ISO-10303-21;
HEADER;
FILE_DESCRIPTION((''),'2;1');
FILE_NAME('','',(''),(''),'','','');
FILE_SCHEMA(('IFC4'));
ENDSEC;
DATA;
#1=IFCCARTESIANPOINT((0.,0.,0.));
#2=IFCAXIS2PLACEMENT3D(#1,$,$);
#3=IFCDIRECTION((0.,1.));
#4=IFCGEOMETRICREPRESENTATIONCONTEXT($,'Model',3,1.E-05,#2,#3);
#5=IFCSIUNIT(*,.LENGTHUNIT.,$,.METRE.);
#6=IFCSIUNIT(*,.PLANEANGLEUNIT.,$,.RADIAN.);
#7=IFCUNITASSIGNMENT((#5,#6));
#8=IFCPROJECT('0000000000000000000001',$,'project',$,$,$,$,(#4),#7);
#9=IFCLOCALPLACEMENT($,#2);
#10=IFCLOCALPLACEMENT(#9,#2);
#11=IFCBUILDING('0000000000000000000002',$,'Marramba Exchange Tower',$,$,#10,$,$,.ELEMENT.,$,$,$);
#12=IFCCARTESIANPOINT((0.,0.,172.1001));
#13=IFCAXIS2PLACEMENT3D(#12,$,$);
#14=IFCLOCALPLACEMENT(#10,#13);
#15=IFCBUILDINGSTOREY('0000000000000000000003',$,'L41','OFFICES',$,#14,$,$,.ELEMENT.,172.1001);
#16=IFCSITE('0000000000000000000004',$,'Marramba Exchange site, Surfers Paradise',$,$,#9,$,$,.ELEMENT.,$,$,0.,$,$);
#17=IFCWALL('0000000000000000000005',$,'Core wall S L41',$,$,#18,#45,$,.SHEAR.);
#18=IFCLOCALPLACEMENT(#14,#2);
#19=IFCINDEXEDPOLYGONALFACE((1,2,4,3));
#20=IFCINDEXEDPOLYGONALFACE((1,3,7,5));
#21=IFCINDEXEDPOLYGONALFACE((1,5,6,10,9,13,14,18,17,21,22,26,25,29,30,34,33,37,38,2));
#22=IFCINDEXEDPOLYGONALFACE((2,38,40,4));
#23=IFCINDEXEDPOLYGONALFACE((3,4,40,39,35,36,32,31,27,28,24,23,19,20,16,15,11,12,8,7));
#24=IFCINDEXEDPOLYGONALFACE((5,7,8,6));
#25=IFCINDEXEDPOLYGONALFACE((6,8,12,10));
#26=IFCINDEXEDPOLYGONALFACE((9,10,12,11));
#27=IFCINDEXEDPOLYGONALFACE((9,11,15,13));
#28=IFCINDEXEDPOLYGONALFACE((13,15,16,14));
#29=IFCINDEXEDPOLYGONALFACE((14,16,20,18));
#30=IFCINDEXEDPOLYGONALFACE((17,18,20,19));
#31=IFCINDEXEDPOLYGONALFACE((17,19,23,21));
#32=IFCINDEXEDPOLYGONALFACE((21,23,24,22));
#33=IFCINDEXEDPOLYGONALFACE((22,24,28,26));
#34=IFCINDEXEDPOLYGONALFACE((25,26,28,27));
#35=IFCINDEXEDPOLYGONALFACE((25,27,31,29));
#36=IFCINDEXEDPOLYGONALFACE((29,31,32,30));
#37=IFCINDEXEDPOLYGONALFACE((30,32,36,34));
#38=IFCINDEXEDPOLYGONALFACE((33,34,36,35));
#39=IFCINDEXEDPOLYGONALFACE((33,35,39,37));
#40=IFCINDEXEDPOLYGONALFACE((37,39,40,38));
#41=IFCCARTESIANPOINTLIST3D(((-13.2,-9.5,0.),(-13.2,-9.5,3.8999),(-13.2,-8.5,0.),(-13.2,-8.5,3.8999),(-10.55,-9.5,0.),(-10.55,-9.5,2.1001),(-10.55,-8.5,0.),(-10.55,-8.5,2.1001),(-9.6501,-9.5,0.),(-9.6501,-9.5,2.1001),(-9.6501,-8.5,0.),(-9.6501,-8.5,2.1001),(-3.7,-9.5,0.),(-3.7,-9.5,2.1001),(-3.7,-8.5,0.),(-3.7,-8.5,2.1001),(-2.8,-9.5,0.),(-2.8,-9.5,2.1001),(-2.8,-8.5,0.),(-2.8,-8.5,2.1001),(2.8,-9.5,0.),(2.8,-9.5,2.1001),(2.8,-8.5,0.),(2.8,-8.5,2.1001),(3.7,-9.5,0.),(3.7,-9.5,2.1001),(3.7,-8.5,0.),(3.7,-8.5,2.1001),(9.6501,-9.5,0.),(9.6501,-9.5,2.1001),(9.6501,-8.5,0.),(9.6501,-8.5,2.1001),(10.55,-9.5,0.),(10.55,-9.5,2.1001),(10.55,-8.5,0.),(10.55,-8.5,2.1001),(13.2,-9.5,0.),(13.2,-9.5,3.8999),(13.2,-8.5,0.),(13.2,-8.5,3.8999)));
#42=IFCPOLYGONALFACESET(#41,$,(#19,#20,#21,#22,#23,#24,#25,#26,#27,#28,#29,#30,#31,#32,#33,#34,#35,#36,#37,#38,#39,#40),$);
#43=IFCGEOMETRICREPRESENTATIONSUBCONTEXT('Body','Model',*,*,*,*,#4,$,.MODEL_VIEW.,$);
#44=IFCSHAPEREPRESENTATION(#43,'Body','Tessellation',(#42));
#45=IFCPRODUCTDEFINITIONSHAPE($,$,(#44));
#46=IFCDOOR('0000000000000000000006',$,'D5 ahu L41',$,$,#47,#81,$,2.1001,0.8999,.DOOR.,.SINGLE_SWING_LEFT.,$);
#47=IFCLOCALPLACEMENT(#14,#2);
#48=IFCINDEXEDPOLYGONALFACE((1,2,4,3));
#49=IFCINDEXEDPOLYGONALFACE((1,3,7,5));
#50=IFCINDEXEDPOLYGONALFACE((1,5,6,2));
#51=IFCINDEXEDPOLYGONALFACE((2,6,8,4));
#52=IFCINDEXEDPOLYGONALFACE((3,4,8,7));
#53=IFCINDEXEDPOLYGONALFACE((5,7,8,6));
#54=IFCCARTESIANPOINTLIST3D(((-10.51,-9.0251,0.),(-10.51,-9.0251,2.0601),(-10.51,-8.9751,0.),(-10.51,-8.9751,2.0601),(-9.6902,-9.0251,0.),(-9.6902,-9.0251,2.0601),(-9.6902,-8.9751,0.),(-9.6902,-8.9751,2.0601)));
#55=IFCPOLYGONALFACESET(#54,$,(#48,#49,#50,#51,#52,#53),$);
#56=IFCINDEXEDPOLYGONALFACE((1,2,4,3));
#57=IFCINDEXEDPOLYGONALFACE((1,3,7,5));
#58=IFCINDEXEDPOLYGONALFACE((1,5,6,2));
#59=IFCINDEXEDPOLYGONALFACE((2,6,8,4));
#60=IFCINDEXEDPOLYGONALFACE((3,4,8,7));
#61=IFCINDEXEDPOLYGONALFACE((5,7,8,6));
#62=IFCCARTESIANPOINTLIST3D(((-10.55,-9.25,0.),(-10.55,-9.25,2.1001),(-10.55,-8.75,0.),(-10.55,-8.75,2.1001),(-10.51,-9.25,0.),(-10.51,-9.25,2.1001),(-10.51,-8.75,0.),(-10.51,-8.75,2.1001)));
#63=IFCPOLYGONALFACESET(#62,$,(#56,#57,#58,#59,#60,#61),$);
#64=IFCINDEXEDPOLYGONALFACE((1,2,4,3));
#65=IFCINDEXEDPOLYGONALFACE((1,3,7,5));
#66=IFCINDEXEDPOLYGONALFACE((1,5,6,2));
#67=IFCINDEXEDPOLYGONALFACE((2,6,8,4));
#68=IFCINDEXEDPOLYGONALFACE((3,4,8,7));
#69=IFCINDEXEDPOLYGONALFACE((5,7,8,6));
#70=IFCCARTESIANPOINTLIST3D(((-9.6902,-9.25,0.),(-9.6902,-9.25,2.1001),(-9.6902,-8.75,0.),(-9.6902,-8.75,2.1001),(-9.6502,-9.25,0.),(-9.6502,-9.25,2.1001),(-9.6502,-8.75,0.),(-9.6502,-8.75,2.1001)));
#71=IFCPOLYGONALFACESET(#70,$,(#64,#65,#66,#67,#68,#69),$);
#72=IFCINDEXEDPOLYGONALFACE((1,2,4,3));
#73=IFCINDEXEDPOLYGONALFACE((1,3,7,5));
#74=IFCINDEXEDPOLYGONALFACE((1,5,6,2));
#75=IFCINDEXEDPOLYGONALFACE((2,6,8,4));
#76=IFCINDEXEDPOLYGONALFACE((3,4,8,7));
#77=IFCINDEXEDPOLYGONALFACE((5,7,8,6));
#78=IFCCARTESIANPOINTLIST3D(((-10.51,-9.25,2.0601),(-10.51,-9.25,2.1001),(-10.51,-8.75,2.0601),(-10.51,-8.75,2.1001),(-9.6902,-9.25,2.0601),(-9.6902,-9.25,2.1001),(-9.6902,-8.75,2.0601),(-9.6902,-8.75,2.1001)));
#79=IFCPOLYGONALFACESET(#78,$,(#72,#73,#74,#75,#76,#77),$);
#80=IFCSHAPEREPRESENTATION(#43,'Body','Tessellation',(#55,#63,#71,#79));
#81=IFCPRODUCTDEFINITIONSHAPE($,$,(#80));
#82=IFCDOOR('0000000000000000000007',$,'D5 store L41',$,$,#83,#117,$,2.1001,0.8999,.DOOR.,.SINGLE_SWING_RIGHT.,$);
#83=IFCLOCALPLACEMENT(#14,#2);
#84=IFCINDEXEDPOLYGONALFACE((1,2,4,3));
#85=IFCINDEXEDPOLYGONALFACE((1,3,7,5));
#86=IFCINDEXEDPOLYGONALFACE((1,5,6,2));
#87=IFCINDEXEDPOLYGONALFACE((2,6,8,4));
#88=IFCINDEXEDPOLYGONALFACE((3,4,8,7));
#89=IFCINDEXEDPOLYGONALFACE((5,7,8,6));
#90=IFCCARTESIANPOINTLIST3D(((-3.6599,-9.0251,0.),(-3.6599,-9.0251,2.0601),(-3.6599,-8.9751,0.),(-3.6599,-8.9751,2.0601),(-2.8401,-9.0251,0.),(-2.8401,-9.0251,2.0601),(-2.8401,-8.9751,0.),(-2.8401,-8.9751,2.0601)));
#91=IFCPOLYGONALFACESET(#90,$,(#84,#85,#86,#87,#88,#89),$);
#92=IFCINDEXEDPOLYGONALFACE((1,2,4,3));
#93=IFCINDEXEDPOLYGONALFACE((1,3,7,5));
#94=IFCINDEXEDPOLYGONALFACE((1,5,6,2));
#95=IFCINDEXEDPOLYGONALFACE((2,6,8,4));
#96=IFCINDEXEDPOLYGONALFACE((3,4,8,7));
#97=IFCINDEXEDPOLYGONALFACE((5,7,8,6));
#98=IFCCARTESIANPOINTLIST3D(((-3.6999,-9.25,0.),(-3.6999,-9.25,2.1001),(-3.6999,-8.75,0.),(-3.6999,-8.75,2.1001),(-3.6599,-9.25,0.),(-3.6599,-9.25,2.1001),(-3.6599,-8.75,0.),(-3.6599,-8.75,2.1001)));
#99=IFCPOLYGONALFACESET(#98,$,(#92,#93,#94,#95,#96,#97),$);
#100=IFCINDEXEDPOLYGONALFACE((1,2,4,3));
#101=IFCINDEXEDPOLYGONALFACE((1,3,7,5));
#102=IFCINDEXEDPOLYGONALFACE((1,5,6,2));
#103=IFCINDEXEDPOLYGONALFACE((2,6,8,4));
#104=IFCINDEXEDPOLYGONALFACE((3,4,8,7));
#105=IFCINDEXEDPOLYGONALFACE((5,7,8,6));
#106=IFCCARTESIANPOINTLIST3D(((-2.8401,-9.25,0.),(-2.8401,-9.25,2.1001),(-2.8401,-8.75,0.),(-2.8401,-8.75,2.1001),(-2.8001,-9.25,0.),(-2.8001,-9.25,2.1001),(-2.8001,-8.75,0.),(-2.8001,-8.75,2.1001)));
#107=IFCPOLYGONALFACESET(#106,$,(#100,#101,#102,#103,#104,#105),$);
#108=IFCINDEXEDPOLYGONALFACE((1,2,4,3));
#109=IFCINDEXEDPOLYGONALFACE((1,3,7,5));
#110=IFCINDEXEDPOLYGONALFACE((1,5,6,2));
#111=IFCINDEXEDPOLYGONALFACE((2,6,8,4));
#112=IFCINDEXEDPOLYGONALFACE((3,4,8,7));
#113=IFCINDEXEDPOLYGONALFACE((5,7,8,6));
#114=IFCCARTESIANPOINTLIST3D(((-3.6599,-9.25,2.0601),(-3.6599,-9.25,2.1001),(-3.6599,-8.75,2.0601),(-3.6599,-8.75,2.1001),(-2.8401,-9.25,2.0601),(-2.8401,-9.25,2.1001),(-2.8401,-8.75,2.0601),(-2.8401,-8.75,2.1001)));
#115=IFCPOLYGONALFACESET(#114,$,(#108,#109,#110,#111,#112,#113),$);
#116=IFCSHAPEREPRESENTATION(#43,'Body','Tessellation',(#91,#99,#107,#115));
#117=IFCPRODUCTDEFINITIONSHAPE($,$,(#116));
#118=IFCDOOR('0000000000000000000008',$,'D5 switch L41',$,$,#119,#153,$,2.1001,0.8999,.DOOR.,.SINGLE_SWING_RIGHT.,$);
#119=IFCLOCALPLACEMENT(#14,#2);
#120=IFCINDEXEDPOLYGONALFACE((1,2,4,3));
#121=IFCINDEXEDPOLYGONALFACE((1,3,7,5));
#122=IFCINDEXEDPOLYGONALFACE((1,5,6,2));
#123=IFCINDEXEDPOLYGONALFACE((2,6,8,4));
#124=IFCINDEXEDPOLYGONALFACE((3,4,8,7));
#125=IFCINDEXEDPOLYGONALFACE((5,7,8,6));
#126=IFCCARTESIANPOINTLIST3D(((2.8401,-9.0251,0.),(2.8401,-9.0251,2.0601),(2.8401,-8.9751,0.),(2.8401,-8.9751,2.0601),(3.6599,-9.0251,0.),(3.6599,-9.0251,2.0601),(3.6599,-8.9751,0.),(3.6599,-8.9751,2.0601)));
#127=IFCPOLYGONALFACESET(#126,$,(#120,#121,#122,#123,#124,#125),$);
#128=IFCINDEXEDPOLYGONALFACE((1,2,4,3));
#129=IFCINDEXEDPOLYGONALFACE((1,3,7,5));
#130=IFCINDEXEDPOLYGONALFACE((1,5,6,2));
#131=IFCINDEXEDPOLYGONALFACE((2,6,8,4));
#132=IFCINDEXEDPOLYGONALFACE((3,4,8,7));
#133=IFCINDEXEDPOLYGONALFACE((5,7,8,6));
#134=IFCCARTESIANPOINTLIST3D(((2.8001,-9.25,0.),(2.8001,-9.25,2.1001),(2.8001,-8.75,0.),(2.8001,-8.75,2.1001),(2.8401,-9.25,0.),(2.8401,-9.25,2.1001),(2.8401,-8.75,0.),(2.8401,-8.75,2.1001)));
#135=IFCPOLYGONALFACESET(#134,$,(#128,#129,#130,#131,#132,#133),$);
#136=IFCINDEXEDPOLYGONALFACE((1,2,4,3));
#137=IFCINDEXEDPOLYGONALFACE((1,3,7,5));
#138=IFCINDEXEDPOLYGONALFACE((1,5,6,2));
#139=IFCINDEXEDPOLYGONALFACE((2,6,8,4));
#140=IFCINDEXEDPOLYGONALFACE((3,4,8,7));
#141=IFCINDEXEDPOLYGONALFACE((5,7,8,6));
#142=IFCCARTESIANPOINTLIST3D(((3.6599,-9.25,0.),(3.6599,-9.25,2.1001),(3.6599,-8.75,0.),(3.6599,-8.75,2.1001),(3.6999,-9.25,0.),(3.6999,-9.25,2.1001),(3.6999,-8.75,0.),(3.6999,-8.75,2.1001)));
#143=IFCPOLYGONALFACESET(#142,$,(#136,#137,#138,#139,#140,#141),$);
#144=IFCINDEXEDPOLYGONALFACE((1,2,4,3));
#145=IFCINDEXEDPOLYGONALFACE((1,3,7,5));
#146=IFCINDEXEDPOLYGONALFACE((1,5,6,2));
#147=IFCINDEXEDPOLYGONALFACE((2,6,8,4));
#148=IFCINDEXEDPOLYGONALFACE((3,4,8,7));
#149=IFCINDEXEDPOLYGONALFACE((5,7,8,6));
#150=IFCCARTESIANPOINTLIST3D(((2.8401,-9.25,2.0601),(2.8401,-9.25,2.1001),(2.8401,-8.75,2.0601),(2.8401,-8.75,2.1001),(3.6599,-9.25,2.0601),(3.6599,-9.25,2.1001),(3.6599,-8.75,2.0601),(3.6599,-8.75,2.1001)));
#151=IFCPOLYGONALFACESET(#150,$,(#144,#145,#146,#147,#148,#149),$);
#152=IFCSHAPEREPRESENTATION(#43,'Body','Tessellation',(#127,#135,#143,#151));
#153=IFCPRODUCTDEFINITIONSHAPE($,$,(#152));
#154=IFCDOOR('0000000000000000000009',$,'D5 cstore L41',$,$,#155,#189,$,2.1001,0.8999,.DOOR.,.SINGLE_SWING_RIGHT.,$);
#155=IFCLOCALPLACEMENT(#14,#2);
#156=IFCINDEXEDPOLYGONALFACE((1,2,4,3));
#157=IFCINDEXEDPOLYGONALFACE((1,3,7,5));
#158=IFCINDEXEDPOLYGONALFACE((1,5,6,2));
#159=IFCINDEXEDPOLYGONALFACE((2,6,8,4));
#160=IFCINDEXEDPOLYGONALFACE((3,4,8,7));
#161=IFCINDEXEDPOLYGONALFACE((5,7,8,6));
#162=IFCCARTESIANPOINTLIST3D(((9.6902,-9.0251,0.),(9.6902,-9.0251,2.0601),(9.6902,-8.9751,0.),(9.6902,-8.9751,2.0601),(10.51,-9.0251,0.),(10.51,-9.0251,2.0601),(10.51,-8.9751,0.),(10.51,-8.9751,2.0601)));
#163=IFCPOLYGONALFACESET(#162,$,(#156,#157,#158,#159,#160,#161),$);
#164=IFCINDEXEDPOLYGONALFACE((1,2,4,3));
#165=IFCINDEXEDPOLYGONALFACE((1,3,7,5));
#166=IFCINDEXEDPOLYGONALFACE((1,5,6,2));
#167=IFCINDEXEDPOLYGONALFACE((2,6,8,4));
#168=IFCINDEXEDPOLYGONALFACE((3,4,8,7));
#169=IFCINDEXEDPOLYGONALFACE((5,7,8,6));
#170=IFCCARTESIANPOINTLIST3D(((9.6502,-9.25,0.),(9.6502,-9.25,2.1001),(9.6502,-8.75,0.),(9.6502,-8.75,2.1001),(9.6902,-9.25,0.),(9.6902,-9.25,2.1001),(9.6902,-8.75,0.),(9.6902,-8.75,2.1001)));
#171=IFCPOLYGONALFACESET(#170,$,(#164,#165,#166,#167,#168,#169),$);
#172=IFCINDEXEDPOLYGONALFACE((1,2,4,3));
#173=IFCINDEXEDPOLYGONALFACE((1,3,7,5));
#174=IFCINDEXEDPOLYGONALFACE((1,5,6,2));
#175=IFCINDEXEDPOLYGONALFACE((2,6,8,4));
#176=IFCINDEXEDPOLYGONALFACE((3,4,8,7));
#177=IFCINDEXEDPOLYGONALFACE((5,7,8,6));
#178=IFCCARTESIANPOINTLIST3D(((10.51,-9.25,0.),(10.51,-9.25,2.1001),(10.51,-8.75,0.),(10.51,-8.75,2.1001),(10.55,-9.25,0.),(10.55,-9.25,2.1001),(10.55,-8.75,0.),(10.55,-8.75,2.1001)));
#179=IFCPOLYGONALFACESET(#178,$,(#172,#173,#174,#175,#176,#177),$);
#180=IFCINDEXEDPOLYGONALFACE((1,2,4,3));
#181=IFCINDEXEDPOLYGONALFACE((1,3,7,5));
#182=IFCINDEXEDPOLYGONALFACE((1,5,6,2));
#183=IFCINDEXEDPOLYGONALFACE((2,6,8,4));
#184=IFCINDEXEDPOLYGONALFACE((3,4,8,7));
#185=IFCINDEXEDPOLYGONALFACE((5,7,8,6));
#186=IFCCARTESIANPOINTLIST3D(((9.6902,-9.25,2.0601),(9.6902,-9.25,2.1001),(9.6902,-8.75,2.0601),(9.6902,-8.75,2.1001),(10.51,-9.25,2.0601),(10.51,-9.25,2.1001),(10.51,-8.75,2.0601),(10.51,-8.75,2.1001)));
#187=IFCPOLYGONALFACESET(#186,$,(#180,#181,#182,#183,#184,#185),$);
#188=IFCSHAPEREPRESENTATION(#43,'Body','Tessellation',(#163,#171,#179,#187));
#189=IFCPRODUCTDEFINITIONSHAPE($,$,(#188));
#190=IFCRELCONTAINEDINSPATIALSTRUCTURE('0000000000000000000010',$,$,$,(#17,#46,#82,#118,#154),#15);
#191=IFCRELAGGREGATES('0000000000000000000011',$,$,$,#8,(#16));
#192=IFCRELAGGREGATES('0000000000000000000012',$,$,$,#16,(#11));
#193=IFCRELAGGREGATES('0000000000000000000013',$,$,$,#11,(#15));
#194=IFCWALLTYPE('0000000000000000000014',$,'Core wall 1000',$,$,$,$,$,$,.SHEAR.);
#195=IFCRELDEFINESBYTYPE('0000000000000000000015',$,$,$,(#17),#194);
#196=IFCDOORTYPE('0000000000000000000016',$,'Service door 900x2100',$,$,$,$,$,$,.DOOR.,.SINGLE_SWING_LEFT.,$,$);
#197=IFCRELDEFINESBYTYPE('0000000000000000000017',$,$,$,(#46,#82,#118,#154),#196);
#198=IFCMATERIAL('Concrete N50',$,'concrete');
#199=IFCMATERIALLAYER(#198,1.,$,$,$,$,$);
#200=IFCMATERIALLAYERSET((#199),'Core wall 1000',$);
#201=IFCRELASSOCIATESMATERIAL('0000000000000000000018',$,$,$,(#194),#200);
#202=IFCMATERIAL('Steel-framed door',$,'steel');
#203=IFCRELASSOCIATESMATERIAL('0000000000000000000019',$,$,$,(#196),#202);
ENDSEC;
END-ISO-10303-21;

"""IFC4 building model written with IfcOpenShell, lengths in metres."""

from ifc_helpers import new_model, si_unit, direction, frame, frame_2d, origin, place, context, subcontext, project, spatial, rectangle, extrude, material, layer, layer_set, type_object, element, fill, save


model = new_model("IFC4")

# Units and contexts
model_context = context("Model", 3, precision=1e-05, world=origin(), true_north=direction((0.0, 1.0)))
body_context = subcontext(model_context, "Body", "Model", "MODEL_VIEW")
ifc_project = project(units=[si_unit("LENGTHUNIT", "METRE"), si_unit("PLANEANGLEUNIT", "RADIAN")], contexts=[model_context])

# Site, building, storey
site_placement = place(None, origin())
site = spatial("IfcSite", under=ifc_project, at=site_placement, Name="Marramba Exchange site, Surfers Paradise", CompositionType="ELEMENT", RefElevation=0.0)
building_placement = place(site_placement, origin())
building = spatial("IfcBuilding", under=site, at=building_placement, Name="Marramba Exchange Tower", CompositionType="ELEMENT")
storey_placement = place(building_placement, frame((0.0, 0.0, 172.1001)))
storey = spatial("IfcBuildingStorey", under=building, at=storey_placement, Name="L41", Description="OFFICES", CompositionType="ELEMENT", Elevation=172.1001)

# Shared definitions
ifc_material_1 = material(Name="Concrete N50", Category="concrete")

# Wall, openings, doors
ifc_layer_1 = layer(ifc_material_1, 1.0)
ifc_layer_set_1 = layer_set([ifc_layer_1], Name="Core wall 1000")
wall_type_1 = type_object("IfcWallType", Name="Core wall 1000", PredefinedType="SHEAR", material=ifc_layer_set_1)
wall_1_placement = place(storey_placement, frame((-13.2, -9.0, 0.0), z_axis=(0.0, 0.0, 1.0), x_axis=(1.0, 0.0, 0.0)))
wall_1 = element("IfcWall", 1, at=wall_1_placement, inside=storey, type_object=wall_type_1, Name="Core wall S L41", PredefinedType="SHEAR", context=body_context, shape_type="SweptSolid", body=[
    extrude(rectangle(XDim=26.3999, YDim=1.0, at=frame_2d((13.2, 0.0))), origin(), (0.0, 0.0, 1.0), 3.8999),
])
opening_1_placement = place(wall_1_placement, frame((2.6499, 0.0, 0.0)))
opening_1 = element("IfcOpeningElement", 2, at=opening_1_placement, cuts=wall_1, PredefinedType="OPENING", context=body_context, shape_type="SweptSolid", body=[
    extrude(rectangle(XDim=0.8999, YDim=2.1001, at=frame_2d((0.45, 1.05))), frame((0.0, 0.51, 0.0), z_axis=(0.0, -1.0, 0.0), x_axis=(1.0, 0.0, 0.0)), (0.0, 0.0, 1.0), 1.02),
])
opening_2_placement = place(wall_1_placement, frame((9.5, 0.0, 0.0)))
opening_2 = element("IfcOpeningElement", 3, at=opening_2_placement, cuts=wall_1, PredefinedType="OPENING", context=body_context, shape_type="SweptSolid", body=[
    extrude(rectangle(XDim=0.8999, YDim=2.1001, at=frame_2d((0.45, 1.05))), frame((0.0, 0.51, 0.0), z_axis=(0.0, -1.0, 0.0), x_axis=(1.0, 0.0, 0.0)), (0.0, 0.0, 1.0), 1.02),
])
opening_3_placement = place(wall_1_placement, frame((16.0, 0.0, 0.0)))
opening_3 = element("IfcOpeningElement", 4, at=opening_3_placement, cuts=wall_1, PredefinedType="OPENING", context=body_context, shape_type="SweptSolid", body=[
    extrude(rectangle(XDim=0.8999, YDim=2.1001, at=frame_2d((0.45, 1.05))), frame((0.0, 0.51, 0.0), z_axis=(0.0, -1.0, 0.0), x_axis=(1.0, 0.0, 0.0)), (0.0, 0.0, 1.0), 1.02),
])
opening_4_placement = place(wall_1_placement, frame((22.8501, 0.0, 0.0)))
opening_4 = element("IfcOpeningElement", 5, at=opening_4_placement, cuts=wall_1, PredefinedType="OPENING", context=body_context, shape_type="SweptSolid", body=[
    extrude(rectangle(XDim=0.8999, YDim=2.1001, at=frame_2d((0.45, 1.05))), frame((0.0, 0.51, 0.0), z_axis=(0.0, -1.0, 0.0), x_axis=(1.0, 0.0, 0.0)), (0.0, 0.0, 1.0), 1.02),
])
ifc_material_2 = material(Name="Steel-framed door", Category="steel")
door_type = type_object("IfcDoorType", Name="Service door 900x2100", OperationType="SINGLE_SWING_LEFT", PredefinedType="DOOR", material=ifc_material_2)
door_1_placement = place(opening_1_placement, origin())
door_1 = element("IfcDoor", 6, at=door_1_placement, inside=storey, type_object=door_type, Name="D5 ahu L41", OperationType="SINGLE_SWING_LEFT", OverallHeight=2.1001, OverallWidth=0.8999, PredefinedType="DOOR", context=body_context, shape_type="SweptSolid", body=[
    extrude(rectangle(XDim=0.8198, YDim=2.0601, at=frame_2d((0.45, 1.03))), frame((0.0, 0.0249, 0.0), z_axis=(0.0, -1.0, 0.0), x_axis=(1.0, 0.0, 0.0)), (0.0, 0.0, 1.0), 0.05),
    extrude(rectangle(XDim=0.04, YDim=2.1001, at=frame_2d((0.02, 1.05))), frame((0.0, 0.25, 0.0), z_axis=(0.0, -1.0, 0.0), x_axis=(1.0, 0.0, 0.0)), (0.0, 0.0, 1.0), 0.5),
    extrude(rectangle(XDim=0.04, YDim=2.1001, at=frame_2d((0.8799, 1.05))), frame((0.0, 0.25, 0.0), z_axis=(0.0, -1.0, 0.0), x_axis=(1.0, 0.0, 0.0)), (0.0, 0.0, 1.0), 0.5),
    extrude(rectangle(XDim=0.8198, YDim=0.04, at=frame_2d((0.45, 2.0801))), frame((0.0, 0.25, 0.0), z_axis=(0.0, -1.0, 0.0), x_axis=(1.0, 0.0, 0.0)), (0.0, 0.0, 1.0), 0.5),
])
fill(opening_1, door_1)
door_2_placement = place(opening_2_placement, origin())
door_2 = element("IfcDoor", 7, at=door_2_placement, inside=storey, type_object=door_type, Name="D5 store L41", OperationType="SINGLE_SWING_RIGHT", OverallHeight=2.1001, OverallWidth=0.8999, PredefinedType="DOOR", context=body_context, shape_type="SweptSolid", body=[
    extrude(rectangle(XDim=0.8198, YDim=2.0601, at=frame_2d((0.45, 1.03))), frame((0.0, 0.0249, 0.0), z_axis=(0.0, -1.0, 0.0), x_axis=(1.0, 0.0, 0.0)), (0.0, 0.0, 1.0), 0.05),
    extrude(rectangle(XDim=0.04, YDim=2.1001, at=frame_2d((0.02, 1.05))), frame((0.0, 0.25, 0.0), z_axis=(0.0, -1.0, 0.0), x_axis=(1.0, 0.0, 0.0)), (0.0, 0.0, 1.0), 0.5),
    extrude(rectangle(XDim=0.04, YDim=2.1001, at=frame_2d((0.8799, 1.05))), frame((0.0, 0.25, 0.0), z_axis=(0.0, -1.0, 0.0), x_axis=(1.0, 0.0, 0.0)), (0.0, 0.0, 1.0), 0.5),
    extrude(rectangle(XDim=0.8198, YDim=0.04, at=frame_2d((0.45, 2.0801))), frame((0.0, 0.25, 0.0), z_axis=(0.0, -1.0, 0.0), x_axis=(1.0, 0.0, 0.0)), (0.0, 0.0, 1.0), 0.5),
])
fill(opening_2, door_2)
door_3_placement = place(opening_3_placement, origin())
door_3 = element("IfcDoor", 8, at=door_3_placement, inside=storey, type_object=door_type, Name="D5 switch L41", OperationType="SINGLE_SWING_RIGHT", OverallHeight=2.1001, OverallWidth=0.8999, PredefinedType="DOOR", context=body_context, shape_type="SweptSolid", body=[
    extrude(rectangle(XDim=0.8198, YDim=2.0601, at=frame_2d((0.45, 1.03))), frame((0.0, 0.0249, 0.0), z_axis=(0.0, -1.0, 0.0), x_axis=(1.0, 0.0, 0.0)), (0.0, 0.0, 1.0), 0.05),
    extrude(rectangle(XDim=0.04, YDim=2.1001, at=frame_2d((0.02, 1.05))), frame((0.0, 0.25, 0.0), z_axis=(0.0, -1.0, 0.0), x_axis=(1.0, 0.0, 0.0)), (0.0, 0.0, 1.0), 0.5),
    extrude(rectangle(XDim=0.04, YDim=2.1001, at=frame_2d((0.8799, 1.05))), frame((0.0, 0.25, 0.0), z_axis=(0.0, -1.0, 0.0), x_axis=(1.0, 0.0, 0.0)), (0.0, 0.0, 1.0), 0.5),
    extrude(rectangle(XDim=0.8198, YDim=0.04, at=frame_2d((0.45, 2.0801))), frame((0.0, 0.25, 0.0), z_axis=(0.0, -1.0, 0.0), x_axis=(1.0, 0.0, 0.0)), (0.0, 0.0, 1.0), 0.5),
])
fill(opening_3, door_3)
door_4_placement = place(opening_4_placement, origin())
door_4 = element("IfcDoor", 9, at=door_4_placement, inside=storey, type_object=door_type, Name="D5 cstore L41", OperationType="SINGLE_SWING_RIGHT", OverallHeight=2.1001, OverallWidth=0.8999, PredefinedType="DOOR", context=body_context, shape_type="SweptSolid", body=[
    extrude(rectangle(XDim=0.8198, YDim=2.0601, at=frame_2d((0.45, 1.03))), frame((0.0, 0.0249, 0.0), z_axis=(0.0, -1.0, 0.0), x_axis=(1.0, 0.0, 0.0)), (0.0, 0.0, 1.0), 0.05),
    extrude(rectangle(XDim=0.04, YDim=2.1001, at=frame_2d((0.02, 1.05))), frame((0.0, 0.25, 0.0), z_axis=(0.0, -1.0, 0.0), x_axis=(1.0, 0.0, 0.0)), (0.0, 0.0, 1.0), 0.5),
    extrude(rectangle(XDim=0.04, YDim=2.1001, at=frame_2d((0.8799, 1.05))), frame((0.0, 0.25, 0.0), z_axis=(0.0, -1.0, 0.0), x_axis=(1.0, 0.0, 0.0)), (0.0, 0.0, 1.0), 0.5),
    extrude(rectangle(XDim=0.8198, YDim=0.04, at=frame_2d((0.45, 2.0801))), frame((0.0, 0.25, 0.0), z_axis=(0.0, -1.0, 0.0), x_axis=(1.0, 0.0, 0.0)), (0.0, 0.0, 1.0), 0.5),
])
fill(opening_4, door_4)

save(model, "model.ifc")
